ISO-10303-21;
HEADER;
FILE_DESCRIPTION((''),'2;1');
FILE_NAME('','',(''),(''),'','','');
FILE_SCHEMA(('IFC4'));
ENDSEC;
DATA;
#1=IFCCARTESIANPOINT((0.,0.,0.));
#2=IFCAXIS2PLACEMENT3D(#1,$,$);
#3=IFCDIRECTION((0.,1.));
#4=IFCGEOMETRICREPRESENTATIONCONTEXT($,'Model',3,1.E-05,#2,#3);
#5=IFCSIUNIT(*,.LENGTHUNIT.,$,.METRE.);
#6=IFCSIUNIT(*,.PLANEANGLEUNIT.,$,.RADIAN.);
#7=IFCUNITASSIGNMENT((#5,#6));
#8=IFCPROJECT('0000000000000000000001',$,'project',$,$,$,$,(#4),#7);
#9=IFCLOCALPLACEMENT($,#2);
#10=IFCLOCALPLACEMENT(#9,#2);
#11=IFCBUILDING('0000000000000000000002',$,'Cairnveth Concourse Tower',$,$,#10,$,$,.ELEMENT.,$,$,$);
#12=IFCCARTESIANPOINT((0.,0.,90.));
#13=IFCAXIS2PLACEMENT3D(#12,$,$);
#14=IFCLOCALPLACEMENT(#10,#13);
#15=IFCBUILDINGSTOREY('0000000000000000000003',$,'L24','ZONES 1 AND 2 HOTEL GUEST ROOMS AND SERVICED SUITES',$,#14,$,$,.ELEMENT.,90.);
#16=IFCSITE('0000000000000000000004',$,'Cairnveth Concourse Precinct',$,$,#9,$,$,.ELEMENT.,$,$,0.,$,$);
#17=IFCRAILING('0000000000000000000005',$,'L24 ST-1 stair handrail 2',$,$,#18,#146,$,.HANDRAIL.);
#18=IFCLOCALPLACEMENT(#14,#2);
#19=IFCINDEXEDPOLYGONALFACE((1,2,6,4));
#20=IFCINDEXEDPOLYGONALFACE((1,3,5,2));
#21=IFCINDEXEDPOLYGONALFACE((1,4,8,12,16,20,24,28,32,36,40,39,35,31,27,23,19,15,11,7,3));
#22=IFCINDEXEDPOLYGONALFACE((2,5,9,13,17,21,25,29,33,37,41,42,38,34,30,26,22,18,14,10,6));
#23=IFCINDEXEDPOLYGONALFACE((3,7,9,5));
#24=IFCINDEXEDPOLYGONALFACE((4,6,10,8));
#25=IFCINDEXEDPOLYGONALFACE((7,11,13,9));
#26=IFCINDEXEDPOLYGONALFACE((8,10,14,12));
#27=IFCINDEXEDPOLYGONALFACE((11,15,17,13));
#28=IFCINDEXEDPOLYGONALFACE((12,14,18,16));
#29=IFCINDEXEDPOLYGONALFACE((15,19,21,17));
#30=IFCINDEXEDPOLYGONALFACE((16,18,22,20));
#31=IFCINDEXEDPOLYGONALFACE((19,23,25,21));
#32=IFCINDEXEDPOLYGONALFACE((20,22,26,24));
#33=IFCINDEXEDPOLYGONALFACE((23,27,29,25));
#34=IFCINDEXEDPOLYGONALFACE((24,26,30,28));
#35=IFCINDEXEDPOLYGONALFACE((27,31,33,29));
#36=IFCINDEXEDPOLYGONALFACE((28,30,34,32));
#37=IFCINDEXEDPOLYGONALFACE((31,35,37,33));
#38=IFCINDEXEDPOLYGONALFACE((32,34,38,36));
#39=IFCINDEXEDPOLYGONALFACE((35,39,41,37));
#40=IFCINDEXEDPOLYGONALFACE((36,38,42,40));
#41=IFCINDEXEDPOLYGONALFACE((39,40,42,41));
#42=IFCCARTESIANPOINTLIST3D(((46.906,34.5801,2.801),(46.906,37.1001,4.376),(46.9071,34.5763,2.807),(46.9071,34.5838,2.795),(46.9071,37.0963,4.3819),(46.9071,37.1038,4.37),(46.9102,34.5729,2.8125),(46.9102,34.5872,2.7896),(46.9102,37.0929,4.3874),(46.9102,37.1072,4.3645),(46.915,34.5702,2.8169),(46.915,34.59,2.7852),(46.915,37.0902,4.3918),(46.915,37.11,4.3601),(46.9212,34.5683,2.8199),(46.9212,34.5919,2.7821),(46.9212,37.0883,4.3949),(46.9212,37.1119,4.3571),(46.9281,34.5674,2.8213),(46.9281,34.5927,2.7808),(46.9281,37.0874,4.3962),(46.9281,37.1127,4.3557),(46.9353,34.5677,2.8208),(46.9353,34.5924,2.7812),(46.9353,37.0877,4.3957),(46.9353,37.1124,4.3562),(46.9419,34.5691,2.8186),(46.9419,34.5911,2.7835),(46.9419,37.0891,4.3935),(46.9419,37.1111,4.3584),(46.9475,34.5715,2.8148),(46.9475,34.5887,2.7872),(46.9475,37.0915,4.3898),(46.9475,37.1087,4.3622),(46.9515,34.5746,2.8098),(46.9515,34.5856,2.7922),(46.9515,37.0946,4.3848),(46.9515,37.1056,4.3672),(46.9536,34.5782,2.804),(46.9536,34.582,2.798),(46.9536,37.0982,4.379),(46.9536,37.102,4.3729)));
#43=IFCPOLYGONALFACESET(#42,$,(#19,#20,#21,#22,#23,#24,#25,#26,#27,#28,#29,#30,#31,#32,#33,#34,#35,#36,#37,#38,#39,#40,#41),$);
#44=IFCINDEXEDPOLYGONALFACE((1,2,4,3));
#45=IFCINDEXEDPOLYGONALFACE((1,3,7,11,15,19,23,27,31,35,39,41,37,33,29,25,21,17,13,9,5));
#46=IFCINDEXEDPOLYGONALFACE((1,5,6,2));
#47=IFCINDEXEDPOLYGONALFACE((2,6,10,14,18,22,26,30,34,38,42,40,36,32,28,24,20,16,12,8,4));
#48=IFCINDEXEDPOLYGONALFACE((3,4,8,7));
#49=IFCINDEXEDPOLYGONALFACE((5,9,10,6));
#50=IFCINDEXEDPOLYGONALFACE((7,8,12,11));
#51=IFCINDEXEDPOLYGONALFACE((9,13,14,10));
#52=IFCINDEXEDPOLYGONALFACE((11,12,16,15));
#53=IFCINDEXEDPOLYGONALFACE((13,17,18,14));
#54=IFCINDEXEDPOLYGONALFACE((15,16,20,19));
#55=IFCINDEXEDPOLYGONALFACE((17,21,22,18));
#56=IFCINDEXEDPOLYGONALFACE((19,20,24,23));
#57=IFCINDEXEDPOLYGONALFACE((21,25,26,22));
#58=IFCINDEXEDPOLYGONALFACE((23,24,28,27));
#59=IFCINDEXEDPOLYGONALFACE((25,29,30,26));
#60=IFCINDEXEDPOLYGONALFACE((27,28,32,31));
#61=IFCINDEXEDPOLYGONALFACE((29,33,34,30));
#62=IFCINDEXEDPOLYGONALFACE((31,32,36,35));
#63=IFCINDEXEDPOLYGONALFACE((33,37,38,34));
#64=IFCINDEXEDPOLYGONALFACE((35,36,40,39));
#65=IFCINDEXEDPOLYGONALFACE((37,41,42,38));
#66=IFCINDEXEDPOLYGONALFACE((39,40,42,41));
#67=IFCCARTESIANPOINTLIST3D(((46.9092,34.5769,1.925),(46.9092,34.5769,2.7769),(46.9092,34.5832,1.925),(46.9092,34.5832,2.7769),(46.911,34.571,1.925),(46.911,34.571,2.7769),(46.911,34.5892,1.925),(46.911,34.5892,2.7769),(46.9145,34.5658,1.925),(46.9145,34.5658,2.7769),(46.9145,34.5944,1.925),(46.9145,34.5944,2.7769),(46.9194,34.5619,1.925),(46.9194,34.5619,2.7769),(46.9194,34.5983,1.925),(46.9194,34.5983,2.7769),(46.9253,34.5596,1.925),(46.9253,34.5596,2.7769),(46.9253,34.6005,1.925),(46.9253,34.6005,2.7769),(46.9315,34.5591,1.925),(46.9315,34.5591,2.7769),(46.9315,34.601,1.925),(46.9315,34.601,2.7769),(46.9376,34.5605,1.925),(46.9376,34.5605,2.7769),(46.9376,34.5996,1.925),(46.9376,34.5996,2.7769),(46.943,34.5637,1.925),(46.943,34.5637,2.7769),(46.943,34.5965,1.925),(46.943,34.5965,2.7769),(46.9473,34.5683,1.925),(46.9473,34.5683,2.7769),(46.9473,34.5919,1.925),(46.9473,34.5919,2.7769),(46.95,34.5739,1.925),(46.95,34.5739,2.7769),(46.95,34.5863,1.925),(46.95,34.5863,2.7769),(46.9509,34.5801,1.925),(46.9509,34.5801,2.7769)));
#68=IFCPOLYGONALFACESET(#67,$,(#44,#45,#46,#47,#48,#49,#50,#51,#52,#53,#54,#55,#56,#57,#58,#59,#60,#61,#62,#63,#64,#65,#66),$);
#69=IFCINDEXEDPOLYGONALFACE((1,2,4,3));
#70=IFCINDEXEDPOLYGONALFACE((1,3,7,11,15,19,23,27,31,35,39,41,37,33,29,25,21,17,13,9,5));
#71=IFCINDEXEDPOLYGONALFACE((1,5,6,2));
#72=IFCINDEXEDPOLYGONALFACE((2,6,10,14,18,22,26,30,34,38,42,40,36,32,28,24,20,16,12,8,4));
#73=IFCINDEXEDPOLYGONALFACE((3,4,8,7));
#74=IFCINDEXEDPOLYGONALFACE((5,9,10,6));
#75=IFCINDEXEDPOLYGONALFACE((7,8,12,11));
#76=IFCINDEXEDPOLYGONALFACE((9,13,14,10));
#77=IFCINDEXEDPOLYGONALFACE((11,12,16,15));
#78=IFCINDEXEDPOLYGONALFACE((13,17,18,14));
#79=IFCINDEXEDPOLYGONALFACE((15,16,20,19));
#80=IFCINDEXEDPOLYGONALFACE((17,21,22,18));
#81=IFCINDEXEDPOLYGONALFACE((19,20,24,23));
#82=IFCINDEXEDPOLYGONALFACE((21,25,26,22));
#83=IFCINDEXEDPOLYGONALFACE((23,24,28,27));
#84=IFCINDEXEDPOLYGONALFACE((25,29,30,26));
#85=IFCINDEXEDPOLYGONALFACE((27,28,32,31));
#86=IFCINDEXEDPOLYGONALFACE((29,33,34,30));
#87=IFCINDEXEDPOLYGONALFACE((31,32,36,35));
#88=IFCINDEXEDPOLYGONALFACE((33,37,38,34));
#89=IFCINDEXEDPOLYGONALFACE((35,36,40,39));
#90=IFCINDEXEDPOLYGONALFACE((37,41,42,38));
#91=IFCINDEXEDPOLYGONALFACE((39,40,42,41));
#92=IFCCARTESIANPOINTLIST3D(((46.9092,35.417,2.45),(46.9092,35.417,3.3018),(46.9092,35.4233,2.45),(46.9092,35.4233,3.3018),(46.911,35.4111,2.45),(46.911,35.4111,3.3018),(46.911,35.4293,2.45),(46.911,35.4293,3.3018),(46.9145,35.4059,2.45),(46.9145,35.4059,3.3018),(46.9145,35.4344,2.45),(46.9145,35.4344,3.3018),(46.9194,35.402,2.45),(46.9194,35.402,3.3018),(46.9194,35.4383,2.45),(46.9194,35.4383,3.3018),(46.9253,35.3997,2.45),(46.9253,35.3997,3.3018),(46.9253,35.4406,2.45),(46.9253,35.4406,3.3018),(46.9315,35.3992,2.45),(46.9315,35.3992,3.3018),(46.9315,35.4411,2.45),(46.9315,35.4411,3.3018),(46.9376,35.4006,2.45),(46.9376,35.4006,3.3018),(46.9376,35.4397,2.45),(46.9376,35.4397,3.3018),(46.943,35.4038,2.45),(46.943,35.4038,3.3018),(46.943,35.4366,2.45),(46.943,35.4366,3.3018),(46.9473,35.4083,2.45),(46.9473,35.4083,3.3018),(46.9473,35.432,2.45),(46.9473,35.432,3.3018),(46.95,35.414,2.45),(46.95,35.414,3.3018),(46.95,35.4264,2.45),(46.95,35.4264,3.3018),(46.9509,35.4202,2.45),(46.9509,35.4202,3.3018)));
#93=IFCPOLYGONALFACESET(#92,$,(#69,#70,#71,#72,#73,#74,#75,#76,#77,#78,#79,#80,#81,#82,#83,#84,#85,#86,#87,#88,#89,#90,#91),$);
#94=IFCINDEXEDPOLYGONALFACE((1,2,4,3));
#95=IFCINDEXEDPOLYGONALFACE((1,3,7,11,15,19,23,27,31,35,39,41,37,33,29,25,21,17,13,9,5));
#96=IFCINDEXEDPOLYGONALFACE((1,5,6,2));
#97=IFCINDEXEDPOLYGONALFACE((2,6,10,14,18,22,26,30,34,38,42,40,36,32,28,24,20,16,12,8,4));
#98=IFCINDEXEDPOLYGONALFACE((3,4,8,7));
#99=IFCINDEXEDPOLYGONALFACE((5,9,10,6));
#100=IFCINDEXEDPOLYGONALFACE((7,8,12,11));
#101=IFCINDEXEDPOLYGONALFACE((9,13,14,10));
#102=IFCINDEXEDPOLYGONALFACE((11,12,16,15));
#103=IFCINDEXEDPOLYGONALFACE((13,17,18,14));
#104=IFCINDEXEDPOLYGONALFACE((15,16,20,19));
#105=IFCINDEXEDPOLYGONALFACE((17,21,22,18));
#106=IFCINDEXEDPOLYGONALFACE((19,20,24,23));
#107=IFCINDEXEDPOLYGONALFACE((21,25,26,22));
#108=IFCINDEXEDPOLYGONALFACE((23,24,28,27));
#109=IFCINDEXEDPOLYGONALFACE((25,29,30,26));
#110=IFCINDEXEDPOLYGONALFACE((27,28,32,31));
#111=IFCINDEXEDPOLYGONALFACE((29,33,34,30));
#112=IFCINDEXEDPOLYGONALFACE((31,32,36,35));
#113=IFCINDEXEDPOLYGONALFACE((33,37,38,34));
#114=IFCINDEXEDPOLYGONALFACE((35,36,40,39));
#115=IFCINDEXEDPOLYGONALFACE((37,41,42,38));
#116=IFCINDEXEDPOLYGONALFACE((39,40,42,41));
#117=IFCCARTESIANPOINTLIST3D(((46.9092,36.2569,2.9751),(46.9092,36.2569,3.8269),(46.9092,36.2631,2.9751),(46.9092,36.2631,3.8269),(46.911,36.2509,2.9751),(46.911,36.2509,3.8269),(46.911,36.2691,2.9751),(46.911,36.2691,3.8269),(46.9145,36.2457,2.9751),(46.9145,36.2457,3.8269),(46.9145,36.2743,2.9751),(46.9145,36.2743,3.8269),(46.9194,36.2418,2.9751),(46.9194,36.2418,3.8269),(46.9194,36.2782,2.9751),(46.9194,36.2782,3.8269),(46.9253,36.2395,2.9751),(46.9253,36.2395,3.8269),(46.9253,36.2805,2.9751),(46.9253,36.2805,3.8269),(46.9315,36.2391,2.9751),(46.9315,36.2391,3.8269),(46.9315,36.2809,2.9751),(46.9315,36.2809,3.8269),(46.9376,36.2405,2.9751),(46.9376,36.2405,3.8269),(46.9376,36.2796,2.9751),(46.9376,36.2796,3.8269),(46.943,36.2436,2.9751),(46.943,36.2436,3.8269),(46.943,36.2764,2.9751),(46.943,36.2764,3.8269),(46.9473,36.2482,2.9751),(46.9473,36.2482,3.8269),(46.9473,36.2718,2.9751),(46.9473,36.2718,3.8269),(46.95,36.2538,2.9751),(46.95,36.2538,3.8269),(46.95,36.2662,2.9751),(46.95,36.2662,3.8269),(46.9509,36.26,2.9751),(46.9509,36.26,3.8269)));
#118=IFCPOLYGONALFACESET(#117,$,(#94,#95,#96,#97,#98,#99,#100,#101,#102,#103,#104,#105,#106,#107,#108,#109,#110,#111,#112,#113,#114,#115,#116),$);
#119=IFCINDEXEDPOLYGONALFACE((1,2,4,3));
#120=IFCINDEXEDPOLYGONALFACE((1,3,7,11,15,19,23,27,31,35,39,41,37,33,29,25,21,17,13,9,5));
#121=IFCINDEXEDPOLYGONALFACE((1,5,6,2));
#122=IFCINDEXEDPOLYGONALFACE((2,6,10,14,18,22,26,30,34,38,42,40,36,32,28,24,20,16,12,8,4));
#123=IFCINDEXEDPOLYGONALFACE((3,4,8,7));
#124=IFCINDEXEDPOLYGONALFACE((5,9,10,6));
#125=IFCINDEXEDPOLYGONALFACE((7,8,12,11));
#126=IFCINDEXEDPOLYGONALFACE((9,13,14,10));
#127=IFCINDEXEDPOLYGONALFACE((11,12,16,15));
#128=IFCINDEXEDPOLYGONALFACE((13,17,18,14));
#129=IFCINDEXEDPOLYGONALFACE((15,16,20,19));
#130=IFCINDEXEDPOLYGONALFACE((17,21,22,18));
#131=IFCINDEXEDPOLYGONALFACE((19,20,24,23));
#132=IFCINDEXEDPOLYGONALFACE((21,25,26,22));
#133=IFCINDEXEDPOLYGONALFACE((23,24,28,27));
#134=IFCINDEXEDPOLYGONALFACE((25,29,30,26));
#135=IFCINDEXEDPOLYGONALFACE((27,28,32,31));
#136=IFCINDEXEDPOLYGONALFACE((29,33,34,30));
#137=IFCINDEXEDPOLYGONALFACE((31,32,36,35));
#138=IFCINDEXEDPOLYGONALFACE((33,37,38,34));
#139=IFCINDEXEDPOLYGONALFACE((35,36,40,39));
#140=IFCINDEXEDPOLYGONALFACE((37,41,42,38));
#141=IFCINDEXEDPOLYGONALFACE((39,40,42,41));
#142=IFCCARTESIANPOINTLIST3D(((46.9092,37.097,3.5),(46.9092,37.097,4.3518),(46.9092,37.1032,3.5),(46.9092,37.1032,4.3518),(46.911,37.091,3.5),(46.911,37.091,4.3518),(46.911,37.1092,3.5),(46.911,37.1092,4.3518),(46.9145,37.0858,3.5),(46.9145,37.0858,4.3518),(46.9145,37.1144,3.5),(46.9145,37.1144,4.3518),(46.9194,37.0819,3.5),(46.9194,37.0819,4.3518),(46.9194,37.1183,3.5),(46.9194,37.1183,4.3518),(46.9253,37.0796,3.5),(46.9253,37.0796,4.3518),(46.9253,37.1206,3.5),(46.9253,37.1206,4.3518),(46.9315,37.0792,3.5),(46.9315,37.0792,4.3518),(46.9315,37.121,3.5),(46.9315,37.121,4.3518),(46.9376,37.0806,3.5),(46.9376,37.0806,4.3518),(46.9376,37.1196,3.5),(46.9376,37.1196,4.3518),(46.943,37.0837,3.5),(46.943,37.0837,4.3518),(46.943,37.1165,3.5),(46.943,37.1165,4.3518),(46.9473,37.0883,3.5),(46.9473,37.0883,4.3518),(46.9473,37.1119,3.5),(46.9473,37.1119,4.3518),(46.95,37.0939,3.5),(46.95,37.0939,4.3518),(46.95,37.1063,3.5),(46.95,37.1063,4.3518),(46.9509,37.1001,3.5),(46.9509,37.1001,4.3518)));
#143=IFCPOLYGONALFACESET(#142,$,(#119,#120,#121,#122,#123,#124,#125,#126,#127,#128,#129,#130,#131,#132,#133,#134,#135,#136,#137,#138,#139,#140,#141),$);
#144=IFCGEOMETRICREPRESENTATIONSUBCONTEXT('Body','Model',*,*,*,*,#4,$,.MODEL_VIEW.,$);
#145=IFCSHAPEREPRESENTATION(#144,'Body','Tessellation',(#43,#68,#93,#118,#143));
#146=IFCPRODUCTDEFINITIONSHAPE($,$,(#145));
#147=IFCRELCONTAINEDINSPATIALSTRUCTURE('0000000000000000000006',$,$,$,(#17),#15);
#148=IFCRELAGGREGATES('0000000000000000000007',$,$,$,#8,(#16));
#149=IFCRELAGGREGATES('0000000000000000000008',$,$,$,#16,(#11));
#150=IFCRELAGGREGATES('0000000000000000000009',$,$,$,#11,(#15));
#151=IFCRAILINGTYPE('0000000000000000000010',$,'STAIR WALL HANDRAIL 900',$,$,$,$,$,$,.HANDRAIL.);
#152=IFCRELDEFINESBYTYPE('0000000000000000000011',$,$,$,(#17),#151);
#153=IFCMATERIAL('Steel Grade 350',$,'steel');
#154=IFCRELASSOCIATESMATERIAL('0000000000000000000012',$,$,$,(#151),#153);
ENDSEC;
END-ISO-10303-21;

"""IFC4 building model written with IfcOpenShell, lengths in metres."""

from ifc_helpers import new_model, si_unit, direction, frame, origin, origin_2d, place, context, subcontext, project, spatial, circle, extrude, material, type_object, element, save


model = new_model("IFC4")

# Units and contexts
model_context = context("Model", 3, precision=1e-05, world=origin(), true_north=direction((0.0, 1.0)))
body_context = subcontext(model_context, "Body", "Model", "MODEL_VIEW")
ifc_project = project(units=[si_unit("LENGTHUNIT", "METRE"), si_unit("PLANEANGLEUNIT", "RADIAN")], contexts=[model_context])

# Site, building, storey
site_placement = place(None, origin())
site = spatial("IfcSite", under=ifc_project, at=site_placement, Name="Cairnveth Concourse Precinct", CompositionType="ELEMENT", RefElevation=0.0)
building_placement = place(site_placement, origin())
building = spatial("IfcBuilding", under=site, at=building_placement, Name="Cairnveth Concourse Tower", CompositionType="ELEMENT")
storey_placement = place(building_placement, frame((0.0, 0.0, 90.0)))
storey = spatial("IfcBuildingStorey", under=building, at=storey_placement, Name="L24", Description="ZONES 1 AND 2 HOTEL GUEST ROOMS AND SERVICED SUITES", CompositionType="ELEMENT", Elevation=90.0)

# Railing
ifc_material_1 = material(Name="Steel Grade 350", Category="steel")
railing_type_1 = type_object("IfcRailingType", Name="STAIR WALL HANDRAIL 900", PredefinedType="HANDRAIL", material=ifc_material_1)
railing_1_placement = place(storey_placement, frame((46.9299, 34.5801, 1.925)))
element("IfcRailing", 1, at=railing_1_placement, inside=storey, type_object=railing_type_1, Name="L24 ST-1 stair handrail 2", PredefinedType="HANDRAIL", context=body_context, shape_type="SweptSolid", body=[
    extrude(circle(Radius=0.0239, at=origin_2d()), frame((0.0, 0.0, 0.876), z_axis=(0.0, 0.848008, 0.529984), x_axis=(-1.0, 0.0, 0.0)), (0.0, 0.0, 1.0), 2.9717),
    extrude(circle(Radius=0.021, at=origin_2d()), origin(), (0.0, 0.0, 1.0), 0.8518),
    extrude(circle(Radius=0.021, at=origin_2d()), frame((0.0, 0.8401, 0.5249)), (0.0, 0.0, 1.0), 0.8518),
    extrude(circle(Radius=0.021, at=origin_2d()), frame((0.0, 1.6799, 1.05)), (0.0, 0.0, 1.0), 0.8518),
    extrude(circle(Radius=0.021, at=origin_2d()), frame((0.0, 2.52, 1.575)), (0.0, 0.0, 1.0), 0.8518),
])

save(model, "model.ifc")
